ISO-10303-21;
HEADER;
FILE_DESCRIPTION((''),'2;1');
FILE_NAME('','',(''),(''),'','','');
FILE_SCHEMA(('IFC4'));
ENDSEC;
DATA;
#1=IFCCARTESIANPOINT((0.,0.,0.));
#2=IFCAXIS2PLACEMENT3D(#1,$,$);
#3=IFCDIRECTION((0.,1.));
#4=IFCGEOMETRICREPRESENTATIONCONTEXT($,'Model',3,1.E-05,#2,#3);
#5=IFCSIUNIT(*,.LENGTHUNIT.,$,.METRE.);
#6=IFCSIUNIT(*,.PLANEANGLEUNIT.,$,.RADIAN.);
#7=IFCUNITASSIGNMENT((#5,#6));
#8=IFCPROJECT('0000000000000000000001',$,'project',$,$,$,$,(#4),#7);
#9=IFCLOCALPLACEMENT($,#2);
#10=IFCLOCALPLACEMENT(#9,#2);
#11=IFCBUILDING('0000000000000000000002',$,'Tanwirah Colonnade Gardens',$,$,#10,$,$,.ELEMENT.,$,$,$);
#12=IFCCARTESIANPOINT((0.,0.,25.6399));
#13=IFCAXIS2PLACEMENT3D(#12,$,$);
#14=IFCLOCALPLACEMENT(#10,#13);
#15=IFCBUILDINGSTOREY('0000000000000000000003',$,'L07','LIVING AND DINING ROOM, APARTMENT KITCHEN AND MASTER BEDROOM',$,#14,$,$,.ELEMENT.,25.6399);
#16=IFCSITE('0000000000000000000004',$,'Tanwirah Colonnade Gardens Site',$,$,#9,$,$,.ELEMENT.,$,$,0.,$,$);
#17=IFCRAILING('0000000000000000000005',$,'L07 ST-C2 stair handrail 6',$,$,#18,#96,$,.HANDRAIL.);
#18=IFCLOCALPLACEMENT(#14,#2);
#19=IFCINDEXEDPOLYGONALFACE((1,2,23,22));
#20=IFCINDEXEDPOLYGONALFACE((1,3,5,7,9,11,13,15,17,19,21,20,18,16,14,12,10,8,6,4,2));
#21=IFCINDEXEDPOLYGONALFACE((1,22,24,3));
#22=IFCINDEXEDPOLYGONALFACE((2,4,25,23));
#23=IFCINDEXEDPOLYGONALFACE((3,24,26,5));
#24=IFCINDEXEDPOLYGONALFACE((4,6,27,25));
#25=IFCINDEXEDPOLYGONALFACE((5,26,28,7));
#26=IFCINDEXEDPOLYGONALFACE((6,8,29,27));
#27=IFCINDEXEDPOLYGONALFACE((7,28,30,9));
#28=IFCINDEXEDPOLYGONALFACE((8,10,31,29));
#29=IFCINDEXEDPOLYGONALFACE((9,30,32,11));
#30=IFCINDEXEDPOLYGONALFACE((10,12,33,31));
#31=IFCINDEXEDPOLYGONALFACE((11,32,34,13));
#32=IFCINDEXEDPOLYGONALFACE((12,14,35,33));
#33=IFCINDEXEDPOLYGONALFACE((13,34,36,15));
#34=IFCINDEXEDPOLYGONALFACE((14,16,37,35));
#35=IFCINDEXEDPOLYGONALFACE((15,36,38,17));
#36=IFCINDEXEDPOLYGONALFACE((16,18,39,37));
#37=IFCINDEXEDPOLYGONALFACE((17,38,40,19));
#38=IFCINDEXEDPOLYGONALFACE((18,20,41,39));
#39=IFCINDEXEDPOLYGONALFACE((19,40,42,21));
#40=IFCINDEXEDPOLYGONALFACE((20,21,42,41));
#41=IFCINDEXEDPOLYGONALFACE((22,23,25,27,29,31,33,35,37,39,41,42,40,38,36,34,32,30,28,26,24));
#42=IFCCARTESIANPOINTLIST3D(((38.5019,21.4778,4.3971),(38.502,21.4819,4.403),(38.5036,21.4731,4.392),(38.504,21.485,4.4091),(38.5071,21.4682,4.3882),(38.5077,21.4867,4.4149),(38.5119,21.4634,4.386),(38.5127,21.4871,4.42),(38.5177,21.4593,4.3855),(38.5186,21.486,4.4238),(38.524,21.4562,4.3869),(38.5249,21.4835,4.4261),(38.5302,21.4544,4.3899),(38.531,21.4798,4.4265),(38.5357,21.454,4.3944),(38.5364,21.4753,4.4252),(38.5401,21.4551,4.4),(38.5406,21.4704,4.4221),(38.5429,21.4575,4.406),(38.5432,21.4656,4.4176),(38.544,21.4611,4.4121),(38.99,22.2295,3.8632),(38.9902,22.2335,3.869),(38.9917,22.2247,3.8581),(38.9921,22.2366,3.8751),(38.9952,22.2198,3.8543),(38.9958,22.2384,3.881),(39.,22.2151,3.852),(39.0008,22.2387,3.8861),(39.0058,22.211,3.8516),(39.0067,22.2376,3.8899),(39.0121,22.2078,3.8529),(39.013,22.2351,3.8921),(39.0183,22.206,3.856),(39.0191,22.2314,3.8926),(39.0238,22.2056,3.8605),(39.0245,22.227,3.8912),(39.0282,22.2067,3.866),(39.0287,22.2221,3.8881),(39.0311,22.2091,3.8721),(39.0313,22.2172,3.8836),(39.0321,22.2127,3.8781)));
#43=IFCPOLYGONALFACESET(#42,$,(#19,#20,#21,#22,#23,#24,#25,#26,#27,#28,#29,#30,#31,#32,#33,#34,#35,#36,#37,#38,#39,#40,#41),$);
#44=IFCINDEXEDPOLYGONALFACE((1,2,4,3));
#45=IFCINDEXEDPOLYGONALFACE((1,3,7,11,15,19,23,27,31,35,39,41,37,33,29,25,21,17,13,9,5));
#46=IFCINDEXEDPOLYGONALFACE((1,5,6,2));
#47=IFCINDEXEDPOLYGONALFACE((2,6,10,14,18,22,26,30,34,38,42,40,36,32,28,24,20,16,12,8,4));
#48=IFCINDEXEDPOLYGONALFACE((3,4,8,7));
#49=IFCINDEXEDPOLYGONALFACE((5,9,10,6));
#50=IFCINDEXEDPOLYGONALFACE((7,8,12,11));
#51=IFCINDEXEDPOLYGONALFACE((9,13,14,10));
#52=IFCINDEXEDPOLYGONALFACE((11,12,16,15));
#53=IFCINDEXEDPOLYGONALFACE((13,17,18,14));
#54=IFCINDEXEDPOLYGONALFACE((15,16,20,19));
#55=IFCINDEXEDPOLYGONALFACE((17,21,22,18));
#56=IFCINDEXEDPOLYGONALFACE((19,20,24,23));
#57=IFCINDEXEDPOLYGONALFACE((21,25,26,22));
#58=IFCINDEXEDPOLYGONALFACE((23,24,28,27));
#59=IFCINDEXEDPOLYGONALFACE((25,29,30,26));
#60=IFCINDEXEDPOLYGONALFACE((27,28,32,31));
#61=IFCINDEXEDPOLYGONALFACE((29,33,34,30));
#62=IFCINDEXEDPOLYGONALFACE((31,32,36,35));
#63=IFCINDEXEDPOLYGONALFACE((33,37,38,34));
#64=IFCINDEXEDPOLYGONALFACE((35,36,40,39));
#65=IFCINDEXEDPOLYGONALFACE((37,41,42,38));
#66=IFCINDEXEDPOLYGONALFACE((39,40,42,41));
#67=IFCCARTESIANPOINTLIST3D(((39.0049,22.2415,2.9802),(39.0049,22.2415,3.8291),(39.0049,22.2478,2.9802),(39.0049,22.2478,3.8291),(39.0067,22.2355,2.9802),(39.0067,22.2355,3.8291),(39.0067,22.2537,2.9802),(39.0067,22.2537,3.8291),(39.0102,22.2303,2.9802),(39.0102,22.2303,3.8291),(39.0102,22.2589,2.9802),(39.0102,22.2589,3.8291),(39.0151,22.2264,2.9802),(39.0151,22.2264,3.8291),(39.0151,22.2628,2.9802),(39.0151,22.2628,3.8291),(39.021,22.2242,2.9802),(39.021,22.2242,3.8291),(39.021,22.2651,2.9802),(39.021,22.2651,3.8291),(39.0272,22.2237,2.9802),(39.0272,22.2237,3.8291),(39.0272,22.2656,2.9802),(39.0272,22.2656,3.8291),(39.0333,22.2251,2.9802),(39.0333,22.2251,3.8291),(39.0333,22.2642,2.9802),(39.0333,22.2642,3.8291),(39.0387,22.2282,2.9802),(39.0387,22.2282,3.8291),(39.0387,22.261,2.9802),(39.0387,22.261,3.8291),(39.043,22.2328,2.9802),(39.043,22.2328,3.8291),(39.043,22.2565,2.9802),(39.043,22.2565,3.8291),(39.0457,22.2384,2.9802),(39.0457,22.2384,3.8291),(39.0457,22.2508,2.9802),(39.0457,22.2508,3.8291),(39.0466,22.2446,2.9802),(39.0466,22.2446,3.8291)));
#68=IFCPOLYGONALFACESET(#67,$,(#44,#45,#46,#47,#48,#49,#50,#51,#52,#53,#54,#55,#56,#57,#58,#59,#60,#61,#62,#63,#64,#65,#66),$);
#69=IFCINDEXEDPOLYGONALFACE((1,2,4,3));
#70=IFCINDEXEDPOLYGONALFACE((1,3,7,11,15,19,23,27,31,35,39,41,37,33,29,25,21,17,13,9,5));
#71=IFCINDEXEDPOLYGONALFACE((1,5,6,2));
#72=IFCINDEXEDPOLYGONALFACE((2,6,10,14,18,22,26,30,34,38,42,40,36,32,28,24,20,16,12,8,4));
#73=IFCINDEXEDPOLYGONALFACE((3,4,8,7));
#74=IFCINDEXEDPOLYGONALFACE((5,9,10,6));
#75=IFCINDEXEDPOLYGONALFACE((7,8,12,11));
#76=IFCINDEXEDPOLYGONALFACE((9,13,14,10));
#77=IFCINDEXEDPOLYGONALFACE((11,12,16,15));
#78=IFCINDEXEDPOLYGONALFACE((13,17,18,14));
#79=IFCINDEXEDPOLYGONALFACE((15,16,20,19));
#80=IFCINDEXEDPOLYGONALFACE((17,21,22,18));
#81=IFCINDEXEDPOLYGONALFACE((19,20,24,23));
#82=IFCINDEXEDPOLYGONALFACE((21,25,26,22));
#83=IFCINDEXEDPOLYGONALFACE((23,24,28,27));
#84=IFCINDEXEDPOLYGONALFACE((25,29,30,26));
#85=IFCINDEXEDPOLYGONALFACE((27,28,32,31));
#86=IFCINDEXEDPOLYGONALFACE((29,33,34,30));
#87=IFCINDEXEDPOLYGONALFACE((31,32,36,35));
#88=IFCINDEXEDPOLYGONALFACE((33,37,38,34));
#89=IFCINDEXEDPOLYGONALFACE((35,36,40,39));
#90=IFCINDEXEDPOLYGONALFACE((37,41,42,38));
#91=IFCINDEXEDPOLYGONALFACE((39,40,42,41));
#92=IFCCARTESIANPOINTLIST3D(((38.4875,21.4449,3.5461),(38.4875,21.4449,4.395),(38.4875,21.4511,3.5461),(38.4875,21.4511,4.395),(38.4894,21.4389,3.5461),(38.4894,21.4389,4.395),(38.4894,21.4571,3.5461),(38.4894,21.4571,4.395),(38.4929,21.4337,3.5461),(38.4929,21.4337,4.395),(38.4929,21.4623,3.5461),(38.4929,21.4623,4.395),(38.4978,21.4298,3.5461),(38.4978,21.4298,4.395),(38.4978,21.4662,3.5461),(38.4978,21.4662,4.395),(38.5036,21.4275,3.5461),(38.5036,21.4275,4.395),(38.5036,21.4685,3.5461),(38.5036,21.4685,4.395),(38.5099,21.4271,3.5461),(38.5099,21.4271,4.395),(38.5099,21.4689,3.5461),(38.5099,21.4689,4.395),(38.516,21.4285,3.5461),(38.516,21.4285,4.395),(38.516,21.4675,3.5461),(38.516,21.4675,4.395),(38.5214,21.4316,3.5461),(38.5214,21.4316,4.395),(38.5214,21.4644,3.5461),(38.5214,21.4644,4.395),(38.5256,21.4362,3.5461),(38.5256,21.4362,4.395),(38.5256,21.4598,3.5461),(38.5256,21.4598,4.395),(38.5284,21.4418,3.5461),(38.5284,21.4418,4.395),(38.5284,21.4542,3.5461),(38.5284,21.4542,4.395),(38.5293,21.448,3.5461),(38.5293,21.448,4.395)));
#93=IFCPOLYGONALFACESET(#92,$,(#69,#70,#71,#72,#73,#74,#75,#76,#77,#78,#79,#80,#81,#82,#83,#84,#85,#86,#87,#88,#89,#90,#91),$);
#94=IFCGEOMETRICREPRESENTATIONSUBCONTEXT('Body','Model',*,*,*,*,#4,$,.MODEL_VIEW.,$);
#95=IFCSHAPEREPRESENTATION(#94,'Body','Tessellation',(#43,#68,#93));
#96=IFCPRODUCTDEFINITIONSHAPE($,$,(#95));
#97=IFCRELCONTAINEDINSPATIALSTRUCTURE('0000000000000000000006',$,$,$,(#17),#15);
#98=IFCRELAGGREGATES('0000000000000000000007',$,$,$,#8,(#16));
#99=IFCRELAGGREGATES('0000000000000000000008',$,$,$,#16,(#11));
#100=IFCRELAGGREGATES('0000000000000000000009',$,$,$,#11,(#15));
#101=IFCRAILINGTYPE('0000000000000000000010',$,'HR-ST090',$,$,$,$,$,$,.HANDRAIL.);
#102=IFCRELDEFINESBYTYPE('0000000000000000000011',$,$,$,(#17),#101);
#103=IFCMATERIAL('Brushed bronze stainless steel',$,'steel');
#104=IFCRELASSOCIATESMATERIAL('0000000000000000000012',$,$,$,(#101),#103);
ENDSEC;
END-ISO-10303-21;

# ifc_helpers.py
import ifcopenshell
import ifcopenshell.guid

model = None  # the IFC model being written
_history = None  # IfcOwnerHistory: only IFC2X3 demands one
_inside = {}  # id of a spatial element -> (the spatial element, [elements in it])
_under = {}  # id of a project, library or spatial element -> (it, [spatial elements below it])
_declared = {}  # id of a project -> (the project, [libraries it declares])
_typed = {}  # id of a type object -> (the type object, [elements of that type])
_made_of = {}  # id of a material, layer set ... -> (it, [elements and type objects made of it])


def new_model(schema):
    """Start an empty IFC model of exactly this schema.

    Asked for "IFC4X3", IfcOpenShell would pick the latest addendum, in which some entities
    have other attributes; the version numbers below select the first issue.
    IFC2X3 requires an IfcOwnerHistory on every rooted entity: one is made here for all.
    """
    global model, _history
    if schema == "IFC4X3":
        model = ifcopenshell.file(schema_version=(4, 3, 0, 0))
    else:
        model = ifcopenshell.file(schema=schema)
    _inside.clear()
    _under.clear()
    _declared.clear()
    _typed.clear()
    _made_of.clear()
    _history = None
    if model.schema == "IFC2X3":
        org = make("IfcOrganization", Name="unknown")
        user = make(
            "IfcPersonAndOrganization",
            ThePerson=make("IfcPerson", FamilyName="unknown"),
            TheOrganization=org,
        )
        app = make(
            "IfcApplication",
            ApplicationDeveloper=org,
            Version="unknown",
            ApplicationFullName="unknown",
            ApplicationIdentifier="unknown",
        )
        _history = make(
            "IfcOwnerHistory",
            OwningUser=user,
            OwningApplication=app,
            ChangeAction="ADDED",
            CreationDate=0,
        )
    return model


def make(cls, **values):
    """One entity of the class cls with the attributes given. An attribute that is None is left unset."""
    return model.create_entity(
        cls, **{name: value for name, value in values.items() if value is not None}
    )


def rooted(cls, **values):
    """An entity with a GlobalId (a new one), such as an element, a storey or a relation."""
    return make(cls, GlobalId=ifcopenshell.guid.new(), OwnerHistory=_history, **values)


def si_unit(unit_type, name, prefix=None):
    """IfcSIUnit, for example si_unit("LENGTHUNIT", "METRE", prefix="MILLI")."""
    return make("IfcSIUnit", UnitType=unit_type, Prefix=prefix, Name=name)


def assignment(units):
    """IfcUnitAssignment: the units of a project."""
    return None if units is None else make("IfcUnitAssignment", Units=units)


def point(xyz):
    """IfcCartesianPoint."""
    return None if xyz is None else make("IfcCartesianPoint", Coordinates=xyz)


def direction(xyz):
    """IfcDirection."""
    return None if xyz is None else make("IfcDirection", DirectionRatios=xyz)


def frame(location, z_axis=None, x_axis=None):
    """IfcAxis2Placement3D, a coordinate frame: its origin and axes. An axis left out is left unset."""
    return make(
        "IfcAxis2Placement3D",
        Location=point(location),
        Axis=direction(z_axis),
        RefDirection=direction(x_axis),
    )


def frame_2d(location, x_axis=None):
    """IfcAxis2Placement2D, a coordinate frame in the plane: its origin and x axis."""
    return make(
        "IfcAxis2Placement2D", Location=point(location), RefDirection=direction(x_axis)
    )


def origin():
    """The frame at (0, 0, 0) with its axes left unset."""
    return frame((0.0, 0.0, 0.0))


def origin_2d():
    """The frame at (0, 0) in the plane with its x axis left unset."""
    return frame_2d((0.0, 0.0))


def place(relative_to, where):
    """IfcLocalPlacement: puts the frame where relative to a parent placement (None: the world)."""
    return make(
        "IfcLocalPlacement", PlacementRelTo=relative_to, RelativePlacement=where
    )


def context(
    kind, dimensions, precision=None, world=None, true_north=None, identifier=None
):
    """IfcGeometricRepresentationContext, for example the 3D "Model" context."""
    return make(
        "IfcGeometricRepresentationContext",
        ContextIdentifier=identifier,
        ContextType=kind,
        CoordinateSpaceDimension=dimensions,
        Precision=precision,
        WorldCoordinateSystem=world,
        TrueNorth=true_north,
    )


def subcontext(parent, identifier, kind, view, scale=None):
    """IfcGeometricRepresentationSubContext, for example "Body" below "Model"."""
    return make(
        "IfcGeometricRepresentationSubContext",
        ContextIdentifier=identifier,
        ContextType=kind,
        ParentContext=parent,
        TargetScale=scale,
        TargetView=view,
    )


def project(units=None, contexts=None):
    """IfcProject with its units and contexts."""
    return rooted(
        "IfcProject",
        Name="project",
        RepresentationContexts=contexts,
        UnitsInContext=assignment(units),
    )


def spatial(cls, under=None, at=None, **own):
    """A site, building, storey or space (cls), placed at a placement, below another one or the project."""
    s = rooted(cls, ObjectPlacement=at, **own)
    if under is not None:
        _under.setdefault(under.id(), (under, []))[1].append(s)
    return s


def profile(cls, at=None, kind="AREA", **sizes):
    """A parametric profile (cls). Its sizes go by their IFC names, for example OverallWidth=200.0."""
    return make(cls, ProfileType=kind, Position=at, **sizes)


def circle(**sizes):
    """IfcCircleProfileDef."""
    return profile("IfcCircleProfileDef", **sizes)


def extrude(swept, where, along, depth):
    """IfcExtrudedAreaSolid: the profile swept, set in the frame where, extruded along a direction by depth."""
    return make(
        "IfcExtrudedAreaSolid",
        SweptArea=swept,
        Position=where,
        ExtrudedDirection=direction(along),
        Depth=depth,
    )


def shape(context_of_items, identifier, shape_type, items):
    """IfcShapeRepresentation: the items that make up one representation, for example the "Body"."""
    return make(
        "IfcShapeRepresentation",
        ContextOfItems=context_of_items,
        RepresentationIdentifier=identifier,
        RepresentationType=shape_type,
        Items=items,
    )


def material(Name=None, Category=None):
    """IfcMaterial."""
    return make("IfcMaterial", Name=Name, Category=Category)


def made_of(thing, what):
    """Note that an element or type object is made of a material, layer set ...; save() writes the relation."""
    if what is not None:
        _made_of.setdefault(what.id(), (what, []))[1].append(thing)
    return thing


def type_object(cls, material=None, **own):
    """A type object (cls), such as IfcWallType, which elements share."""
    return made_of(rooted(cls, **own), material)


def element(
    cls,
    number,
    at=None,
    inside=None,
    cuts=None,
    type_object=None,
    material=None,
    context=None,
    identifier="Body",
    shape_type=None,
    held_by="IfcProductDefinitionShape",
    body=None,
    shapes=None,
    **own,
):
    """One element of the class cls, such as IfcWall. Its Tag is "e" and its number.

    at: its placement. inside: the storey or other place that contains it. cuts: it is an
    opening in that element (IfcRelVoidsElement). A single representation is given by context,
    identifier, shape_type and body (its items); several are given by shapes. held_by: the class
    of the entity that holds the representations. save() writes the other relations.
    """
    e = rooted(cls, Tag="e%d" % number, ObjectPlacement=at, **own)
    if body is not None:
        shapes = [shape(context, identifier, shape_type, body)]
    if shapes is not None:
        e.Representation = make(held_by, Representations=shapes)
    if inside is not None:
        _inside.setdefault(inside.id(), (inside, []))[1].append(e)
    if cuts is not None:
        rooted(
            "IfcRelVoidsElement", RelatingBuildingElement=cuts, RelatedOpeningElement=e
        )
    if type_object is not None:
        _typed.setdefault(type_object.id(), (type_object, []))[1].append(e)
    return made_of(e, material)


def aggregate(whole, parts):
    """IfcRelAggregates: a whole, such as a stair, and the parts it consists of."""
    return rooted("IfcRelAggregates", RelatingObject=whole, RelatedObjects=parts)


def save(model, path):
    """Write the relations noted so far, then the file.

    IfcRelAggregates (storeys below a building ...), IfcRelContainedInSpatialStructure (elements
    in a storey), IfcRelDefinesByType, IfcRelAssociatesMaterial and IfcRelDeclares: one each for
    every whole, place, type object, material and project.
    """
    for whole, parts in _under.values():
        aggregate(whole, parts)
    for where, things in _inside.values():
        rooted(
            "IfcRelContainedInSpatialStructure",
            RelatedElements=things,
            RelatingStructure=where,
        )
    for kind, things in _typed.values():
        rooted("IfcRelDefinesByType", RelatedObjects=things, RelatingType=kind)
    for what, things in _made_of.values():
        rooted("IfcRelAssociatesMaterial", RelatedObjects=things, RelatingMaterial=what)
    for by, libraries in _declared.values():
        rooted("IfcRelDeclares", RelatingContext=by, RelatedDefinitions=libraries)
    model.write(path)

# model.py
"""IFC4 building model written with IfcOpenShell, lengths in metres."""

from ifc_helpers import new_model, si_unit, direction, frame, origin, origin_2d, place, context, subcontext, project, spatial, circle, extrude, material, type_object, element, save


model = new_model("IFC4")

# Units and contexts
model_context = context("Model", 3, precision=1e-05, world=origin(), true_north=direction((0.0, 1.0)))
body_context = subcontext(model_context, "Body", "Model", "MODEL_VIEW")
ifc_project = project(units=[si_unit("LENGTHUNIT", "METRE"), si_unit("PLANEANGLEUNIT", "RADIAN")], contexts=[model_context])

# Site, building, storey
site_placement = place(None, origin())
site = spatial("IfcSite", under=ifc_project, at=site_placement, Name="Tanwirah Colonnade Gardens Site", CompositionType="ELEMENT", RefElevation=0.0)
building_placement = place(site_placement, origin())
building = spatial("IfcBuilding", under=site, at=building_placement, Name="Tanwirah Colonnade Gardens", CompositionType="ELEMENT")
storey_placement = place(building_placement, frame((0.0, 0.0, 25.6399)))
storey = spatial("IfcBuildingStorey", under=building, at=storey_placement, Name="L07", Description="LIVING AND DINING ROOM, APARTMENT KITCHEN AND MASTER BEDROOM", CompositionType="ELEMENT", Elevation=25.6399)

# Railing
ifc_material_1 = material(Name="Brushed bronze stainless steel", Category="steel")
railing_type_1 = type_object("IfcRailingType", Name="HR-ST090", PredefinedType="HANDRAIL", material=ifc_material_1)
railing_1_placement = place(storey_placement, frame((39.0256, 22.2446, 2.9802)))
element("IfcRailing", 1, at=railing_1_placement, inside=storey, type_object=railing_type_1, Name="L07 ST-C2 stair handrail 6", PredefinedType="HANDRAIL", context=body_context, shape_type="SweptSolid", body=[
    extrude(circle(Radius=0.0239, at=origin_2d()), frame((-0.0146, -0.0225, 0.8918), z_axis=(-0.46789, -0.720492, 0.51183), x_axis=(0.838673, -0.544636, 0.0)), (0.0, 0.0, 1.0), 1.0432),
    extrude(circle(Radius=0.021, at=origin_2d()), origin(), (0.0, 0.0, 1.0), 0.8489),
    extrude(circle(Radius=0.021, at=origin_2d()), frame((-0.5173, -0.7966, 0.5659)), (0.0, 0.0, 1.0), 0.8489),
])

save(model, "model.ifc")
